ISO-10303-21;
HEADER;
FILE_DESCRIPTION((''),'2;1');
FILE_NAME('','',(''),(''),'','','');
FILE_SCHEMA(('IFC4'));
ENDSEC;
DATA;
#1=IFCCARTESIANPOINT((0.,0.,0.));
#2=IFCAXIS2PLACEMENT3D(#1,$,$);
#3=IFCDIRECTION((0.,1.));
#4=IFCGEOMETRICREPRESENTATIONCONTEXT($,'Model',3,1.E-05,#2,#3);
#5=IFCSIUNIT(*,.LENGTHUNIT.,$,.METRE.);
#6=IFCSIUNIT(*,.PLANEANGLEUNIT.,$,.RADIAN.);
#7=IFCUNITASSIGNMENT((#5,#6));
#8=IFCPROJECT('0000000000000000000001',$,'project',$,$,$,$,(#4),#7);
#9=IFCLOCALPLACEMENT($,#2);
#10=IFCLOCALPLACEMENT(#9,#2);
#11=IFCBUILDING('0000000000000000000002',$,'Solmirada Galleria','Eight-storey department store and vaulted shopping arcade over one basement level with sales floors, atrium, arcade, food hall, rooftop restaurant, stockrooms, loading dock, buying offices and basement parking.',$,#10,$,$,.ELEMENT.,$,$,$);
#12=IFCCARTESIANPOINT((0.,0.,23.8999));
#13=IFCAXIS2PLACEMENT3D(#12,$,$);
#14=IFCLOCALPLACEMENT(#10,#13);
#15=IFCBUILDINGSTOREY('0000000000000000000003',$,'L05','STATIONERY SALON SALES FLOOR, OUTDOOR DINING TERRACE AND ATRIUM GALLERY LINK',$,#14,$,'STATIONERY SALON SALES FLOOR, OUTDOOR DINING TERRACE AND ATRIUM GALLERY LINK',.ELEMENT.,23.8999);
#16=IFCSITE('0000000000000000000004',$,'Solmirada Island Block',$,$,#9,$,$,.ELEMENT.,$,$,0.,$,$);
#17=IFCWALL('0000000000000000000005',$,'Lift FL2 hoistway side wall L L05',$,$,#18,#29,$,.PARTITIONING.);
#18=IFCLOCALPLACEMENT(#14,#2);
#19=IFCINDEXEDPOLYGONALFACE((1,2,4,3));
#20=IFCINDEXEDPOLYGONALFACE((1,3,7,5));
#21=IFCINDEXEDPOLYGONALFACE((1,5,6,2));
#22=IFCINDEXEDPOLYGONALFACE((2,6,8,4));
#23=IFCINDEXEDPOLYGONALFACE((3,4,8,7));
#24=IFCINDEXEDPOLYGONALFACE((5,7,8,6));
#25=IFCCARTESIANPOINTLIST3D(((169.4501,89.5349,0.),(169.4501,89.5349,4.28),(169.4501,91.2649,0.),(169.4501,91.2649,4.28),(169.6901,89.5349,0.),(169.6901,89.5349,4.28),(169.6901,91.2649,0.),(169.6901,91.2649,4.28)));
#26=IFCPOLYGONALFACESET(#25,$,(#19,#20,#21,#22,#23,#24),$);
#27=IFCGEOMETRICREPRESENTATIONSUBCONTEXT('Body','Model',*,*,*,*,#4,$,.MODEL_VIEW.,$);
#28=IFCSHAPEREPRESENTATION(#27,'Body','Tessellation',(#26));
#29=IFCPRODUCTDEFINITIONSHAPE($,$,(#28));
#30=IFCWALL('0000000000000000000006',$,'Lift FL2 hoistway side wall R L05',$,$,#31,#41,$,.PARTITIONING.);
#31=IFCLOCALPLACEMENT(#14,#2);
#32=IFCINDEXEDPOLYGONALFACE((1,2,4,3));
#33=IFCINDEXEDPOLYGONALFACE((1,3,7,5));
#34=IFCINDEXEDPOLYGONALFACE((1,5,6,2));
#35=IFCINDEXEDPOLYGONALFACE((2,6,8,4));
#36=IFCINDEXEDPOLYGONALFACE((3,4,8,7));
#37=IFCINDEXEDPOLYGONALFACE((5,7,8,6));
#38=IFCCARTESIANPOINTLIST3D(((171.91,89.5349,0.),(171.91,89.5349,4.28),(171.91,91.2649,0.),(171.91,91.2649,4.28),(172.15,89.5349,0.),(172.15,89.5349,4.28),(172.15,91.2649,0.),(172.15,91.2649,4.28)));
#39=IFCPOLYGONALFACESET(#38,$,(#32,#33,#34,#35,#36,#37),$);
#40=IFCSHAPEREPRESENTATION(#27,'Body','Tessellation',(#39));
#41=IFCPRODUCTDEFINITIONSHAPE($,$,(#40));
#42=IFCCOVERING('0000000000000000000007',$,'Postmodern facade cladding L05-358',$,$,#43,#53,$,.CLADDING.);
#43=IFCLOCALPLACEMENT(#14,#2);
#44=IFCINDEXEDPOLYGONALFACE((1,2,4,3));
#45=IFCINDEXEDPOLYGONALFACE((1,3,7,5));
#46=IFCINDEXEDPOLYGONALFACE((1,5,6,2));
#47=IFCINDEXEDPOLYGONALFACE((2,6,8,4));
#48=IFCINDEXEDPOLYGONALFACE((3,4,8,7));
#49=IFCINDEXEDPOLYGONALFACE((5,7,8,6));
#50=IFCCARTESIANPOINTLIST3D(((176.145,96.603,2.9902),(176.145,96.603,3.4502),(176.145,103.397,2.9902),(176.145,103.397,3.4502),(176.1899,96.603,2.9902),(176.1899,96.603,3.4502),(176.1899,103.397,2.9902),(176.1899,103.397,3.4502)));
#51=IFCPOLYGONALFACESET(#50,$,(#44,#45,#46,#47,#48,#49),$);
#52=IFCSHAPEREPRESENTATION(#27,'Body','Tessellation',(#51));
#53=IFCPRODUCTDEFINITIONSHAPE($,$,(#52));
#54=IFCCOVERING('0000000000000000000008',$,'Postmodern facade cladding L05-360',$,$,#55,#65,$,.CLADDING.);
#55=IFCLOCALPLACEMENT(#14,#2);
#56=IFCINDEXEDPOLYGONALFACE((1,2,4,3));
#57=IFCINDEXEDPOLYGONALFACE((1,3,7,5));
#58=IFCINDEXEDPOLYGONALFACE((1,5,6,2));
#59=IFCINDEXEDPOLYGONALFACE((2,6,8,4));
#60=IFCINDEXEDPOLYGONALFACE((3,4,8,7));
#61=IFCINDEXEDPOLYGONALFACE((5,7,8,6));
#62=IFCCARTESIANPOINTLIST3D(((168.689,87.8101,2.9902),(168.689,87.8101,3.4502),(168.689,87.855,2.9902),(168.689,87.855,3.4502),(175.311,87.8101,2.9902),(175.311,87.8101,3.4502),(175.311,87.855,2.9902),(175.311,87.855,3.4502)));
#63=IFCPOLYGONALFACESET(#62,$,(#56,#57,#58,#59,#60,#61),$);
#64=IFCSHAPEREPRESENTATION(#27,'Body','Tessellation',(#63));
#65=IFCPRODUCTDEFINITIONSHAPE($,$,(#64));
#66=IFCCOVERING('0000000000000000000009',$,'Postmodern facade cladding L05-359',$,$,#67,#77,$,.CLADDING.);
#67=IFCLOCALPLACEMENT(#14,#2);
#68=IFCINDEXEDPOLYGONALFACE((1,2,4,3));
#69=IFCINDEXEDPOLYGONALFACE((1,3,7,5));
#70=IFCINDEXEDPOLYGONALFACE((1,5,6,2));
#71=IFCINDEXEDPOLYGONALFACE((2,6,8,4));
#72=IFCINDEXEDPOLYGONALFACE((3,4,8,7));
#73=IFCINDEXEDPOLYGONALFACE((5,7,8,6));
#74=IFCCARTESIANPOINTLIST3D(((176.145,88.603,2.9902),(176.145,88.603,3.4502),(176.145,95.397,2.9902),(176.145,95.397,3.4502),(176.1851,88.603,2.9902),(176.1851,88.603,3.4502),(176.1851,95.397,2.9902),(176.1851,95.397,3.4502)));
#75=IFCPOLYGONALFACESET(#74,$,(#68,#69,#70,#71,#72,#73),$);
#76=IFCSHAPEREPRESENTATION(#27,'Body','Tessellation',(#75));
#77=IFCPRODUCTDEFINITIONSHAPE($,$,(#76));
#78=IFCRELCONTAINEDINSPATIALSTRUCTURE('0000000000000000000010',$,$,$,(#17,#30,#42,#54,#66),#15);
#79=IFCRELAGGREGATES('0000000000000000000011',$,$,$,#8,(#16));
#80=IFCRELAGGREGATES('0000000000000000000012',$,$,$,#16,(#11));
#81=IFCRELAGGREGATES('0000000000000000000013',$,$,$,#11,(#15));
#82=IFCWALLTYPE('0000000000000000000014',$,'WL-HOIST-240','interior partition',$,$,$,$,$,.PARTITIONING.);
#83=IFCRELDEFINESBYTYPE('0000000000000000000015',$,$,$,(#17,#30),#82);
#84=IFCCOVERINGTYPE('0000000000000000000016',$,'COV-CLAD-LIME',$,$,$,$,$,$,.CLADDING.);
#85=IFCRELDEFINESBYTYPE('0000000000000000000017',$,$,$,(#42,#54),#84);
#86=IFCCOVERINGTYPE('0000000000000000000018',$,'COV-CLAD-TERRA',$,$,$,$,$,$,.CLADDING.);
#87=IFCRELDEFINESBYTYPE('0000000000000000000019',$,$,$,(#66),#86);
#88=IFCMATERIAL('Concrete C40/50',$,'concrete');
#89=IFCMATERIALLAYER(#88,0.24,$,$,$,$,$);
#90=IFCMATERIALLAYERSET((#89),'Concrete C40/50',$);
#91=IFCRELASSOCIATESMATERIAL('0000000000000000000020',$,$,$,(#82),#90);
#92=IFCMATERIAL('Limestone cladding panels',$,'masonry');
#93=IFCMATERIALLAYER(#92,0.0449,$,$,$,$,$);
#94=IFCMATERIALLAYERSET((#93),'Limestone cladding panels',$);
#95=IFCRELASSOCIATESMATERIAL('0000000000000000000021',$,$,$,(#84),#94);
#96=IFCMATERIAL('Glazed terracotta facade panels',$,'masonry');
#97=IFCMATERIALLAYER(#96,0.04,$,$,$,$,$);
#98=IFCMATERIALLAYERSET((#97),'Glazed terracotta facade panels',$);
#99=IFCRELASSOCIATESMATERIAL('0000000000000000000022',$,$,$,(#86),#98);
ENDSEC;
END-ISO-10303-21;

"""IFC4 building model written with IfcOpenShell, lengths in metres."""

from ifc_helpers import new_model, si_unit, direction, frame, frame_2d, origin, origin_2d, place, context, subcontext, project, spatial, rectangle, extrude, material, layer, layer_set, type_object, element, save


model = new_model("IFC4")

# Units and contexts
model_context = context("Model", 3, precision=1e-05, world=origin(), true_north=direction((0.0, 1.0)))
body_context = subcontext(model_context, "Body", "Model", "MODEL_VIEW")
ifc_project = project(units=[si_unit("LENGTHUNIT", "METRE"), si_unit("PLANEANGLEUNIT", "RADIAN")], contexts=[model_context])

# Site, building, storey
site_placement = place(None, origin())
site = spatial("IfcSite", under=ifc_project, at=site_placement, Name="Solmirada Island Block", CompositionType="ELEMENT", RefElevation=0.0)
building_placement = place(site_placement, origin())
building = spatial("IfcBuilding", under=site, at=building_placement, Name="Solmirada Galleria", Description="Eight-storey department store and vaulted shopping arcade over one basement level with sales floors, atrium, arcade, food hall, rooftop restaurant, stockrooms, loading dock, buying offices and basement parking.", CompositionType="ELEMENT")
storey_placement = place(building_placement, frame((0.0, 0.0, 23.8999)))
storey = spatial("IfcBuildingStorey", under=building, at=storey_placement, Name="L05", Description="STATIONERY SALON SALES FLOOR, OUTDOOR DINING TERRACE AND ATRIUM GALLERY LINK", LongName="STATIONERY SALON SALES FLOOR, OUTDOOR DINING TERRACE AND ATRIUM GALLERY LINK", CompositionType="ELEMENT", Elevation=23.8999)

# Shared definitions
ifc_material_1 = material(Name="Concrete C40/50", Category="concrete")

# Shared definitions
ifc_layer_1 = layer(ifc_material_1, 0.24)
ifc_layer_set_1 = layer_set([ifc_layer_1], Name="Concrete C40/50")
wall_type_1 = type_object("IfcWallType", Name="WL-HOIST-240", Description="interior partition", PredefinedType="PARTITIONING", material=ifc_layer_set_1)

# Walls
for number, where, z_axis, x_axis, name in (
    (1, (169.5701, 89.5349, 0.0), (0.0, 0.0, 1.0), (0.0, 1.0, 0.0), "Lift FL2 hoistway side wall L L05"),
    (2, (172.03, 89.5349, 0.0), (0.0, 0.0, 1.0), (0.0, 1.0, 0.0), "Lift FL2 hoistway side wall R L05"),
):
    element("IfcWall", number, at=place(storey_placement, frame(where, z_axis=z_axis, x_axis=x_axis)), inside=storey, type_object=wall_type_1, Name=name, PredefinedType="PARTITIONING", context=body_context, shape_type="SweptSolid", body=[
        extrude(rectangle(XDim=1.73, YDim=0.24, at=frame_2d((0.865, 0.0))), origin(), (0.0, 0.0, 1.0), 4.28),
    ])

# Coverings
ifc_material_2 = material(Name="Limestone cladding panels", Category="masonry")
ifc_layer_2 = layer(ifc_material_2, 0.0449)
ifc_layer_set_2 = layer_set([ifc_layer_2], Name="Limestone cladding panels")
covering_type_1 = type_object("IfcCoveringType", Name="COV-CLAD-LIME", PredefinedType="CLADDING", material=ifc_layer_set_2)
covering_1_placement = place(storey_placement, frame((176.1675, 100.0, 2.9902), z_axis=(0.0, 0.0, 1.0), x_axis=(0.0, -1.0, 0.0)))
element("IfcCovering", 3, at=covering_1_placement, inside=storey, type_object=covering_type_1, Name="Postmodern facade cladding L05-358", PredefinedType="CLADDING", context=body_context, shape_type="SweptSolid", body=[
    extrude(rectangle(XDim=6.7939, YDim=0.0449, at=origin_2d()), origin(), (0.0, 0.0, 1.0), 0.46),
])
covering_2_placement = place(storey_placement, frame((172.0, 87.8325, 2.9902), z_axis=(0.0, 0.0, 1.0), x_axis=(-1.0, 0.0, 0.0)))
element("IfcCovering", 4, at=covering_2_placement, inside=storey, type_object=covering_type_1, Name="Postmodern facade cladding L05-360", PredefinedType="CLADDING", context=body_context, shape_type="SweptSolid", body=[
    extrude(rectangle(XDim=6.6221, YDim=0.0449, at=origin_2d()), origin(), (0.0, 0.0, 1.0), 0.46),
])
ifc_material_3 = material(Name="Glazed terracotta facade panels", Category="masonry")
ifc_layer_3 = layer(ifc_material_3, 0.04)
ifc_layer_set_3 = layer_set([ifc_layer_3], Name="Glazed terracotta facade panels")
covering_type_2 = type_object("IfcCoveringType", Name="COV-CLAD-TERRA", PredefinedType="CLADDING", material=ifc_layer_set_3)
covering_3_placement = place(storey_placement, frame((176.165, 92.0, 2.9902), z_axis=(0.0, 0.0, 1.0), x_axis=(0.0, -1.0, 0.0)))
element("IfcCovering", 5, at=covering_3_placement, inside=storey, type_object=covering_type_2, Name="Postmodern facade cladding L05-359", PredefinedType="CLADDING", context=body_context, shape_type="SweptSolid", body=[
    extrude(rectangle(XDim=6.7939, YDim=0.04, at=origin_2d()), origin(), (0.0, 0.0, 1.0), 0.46),
])

save(model, "model.ifc")
